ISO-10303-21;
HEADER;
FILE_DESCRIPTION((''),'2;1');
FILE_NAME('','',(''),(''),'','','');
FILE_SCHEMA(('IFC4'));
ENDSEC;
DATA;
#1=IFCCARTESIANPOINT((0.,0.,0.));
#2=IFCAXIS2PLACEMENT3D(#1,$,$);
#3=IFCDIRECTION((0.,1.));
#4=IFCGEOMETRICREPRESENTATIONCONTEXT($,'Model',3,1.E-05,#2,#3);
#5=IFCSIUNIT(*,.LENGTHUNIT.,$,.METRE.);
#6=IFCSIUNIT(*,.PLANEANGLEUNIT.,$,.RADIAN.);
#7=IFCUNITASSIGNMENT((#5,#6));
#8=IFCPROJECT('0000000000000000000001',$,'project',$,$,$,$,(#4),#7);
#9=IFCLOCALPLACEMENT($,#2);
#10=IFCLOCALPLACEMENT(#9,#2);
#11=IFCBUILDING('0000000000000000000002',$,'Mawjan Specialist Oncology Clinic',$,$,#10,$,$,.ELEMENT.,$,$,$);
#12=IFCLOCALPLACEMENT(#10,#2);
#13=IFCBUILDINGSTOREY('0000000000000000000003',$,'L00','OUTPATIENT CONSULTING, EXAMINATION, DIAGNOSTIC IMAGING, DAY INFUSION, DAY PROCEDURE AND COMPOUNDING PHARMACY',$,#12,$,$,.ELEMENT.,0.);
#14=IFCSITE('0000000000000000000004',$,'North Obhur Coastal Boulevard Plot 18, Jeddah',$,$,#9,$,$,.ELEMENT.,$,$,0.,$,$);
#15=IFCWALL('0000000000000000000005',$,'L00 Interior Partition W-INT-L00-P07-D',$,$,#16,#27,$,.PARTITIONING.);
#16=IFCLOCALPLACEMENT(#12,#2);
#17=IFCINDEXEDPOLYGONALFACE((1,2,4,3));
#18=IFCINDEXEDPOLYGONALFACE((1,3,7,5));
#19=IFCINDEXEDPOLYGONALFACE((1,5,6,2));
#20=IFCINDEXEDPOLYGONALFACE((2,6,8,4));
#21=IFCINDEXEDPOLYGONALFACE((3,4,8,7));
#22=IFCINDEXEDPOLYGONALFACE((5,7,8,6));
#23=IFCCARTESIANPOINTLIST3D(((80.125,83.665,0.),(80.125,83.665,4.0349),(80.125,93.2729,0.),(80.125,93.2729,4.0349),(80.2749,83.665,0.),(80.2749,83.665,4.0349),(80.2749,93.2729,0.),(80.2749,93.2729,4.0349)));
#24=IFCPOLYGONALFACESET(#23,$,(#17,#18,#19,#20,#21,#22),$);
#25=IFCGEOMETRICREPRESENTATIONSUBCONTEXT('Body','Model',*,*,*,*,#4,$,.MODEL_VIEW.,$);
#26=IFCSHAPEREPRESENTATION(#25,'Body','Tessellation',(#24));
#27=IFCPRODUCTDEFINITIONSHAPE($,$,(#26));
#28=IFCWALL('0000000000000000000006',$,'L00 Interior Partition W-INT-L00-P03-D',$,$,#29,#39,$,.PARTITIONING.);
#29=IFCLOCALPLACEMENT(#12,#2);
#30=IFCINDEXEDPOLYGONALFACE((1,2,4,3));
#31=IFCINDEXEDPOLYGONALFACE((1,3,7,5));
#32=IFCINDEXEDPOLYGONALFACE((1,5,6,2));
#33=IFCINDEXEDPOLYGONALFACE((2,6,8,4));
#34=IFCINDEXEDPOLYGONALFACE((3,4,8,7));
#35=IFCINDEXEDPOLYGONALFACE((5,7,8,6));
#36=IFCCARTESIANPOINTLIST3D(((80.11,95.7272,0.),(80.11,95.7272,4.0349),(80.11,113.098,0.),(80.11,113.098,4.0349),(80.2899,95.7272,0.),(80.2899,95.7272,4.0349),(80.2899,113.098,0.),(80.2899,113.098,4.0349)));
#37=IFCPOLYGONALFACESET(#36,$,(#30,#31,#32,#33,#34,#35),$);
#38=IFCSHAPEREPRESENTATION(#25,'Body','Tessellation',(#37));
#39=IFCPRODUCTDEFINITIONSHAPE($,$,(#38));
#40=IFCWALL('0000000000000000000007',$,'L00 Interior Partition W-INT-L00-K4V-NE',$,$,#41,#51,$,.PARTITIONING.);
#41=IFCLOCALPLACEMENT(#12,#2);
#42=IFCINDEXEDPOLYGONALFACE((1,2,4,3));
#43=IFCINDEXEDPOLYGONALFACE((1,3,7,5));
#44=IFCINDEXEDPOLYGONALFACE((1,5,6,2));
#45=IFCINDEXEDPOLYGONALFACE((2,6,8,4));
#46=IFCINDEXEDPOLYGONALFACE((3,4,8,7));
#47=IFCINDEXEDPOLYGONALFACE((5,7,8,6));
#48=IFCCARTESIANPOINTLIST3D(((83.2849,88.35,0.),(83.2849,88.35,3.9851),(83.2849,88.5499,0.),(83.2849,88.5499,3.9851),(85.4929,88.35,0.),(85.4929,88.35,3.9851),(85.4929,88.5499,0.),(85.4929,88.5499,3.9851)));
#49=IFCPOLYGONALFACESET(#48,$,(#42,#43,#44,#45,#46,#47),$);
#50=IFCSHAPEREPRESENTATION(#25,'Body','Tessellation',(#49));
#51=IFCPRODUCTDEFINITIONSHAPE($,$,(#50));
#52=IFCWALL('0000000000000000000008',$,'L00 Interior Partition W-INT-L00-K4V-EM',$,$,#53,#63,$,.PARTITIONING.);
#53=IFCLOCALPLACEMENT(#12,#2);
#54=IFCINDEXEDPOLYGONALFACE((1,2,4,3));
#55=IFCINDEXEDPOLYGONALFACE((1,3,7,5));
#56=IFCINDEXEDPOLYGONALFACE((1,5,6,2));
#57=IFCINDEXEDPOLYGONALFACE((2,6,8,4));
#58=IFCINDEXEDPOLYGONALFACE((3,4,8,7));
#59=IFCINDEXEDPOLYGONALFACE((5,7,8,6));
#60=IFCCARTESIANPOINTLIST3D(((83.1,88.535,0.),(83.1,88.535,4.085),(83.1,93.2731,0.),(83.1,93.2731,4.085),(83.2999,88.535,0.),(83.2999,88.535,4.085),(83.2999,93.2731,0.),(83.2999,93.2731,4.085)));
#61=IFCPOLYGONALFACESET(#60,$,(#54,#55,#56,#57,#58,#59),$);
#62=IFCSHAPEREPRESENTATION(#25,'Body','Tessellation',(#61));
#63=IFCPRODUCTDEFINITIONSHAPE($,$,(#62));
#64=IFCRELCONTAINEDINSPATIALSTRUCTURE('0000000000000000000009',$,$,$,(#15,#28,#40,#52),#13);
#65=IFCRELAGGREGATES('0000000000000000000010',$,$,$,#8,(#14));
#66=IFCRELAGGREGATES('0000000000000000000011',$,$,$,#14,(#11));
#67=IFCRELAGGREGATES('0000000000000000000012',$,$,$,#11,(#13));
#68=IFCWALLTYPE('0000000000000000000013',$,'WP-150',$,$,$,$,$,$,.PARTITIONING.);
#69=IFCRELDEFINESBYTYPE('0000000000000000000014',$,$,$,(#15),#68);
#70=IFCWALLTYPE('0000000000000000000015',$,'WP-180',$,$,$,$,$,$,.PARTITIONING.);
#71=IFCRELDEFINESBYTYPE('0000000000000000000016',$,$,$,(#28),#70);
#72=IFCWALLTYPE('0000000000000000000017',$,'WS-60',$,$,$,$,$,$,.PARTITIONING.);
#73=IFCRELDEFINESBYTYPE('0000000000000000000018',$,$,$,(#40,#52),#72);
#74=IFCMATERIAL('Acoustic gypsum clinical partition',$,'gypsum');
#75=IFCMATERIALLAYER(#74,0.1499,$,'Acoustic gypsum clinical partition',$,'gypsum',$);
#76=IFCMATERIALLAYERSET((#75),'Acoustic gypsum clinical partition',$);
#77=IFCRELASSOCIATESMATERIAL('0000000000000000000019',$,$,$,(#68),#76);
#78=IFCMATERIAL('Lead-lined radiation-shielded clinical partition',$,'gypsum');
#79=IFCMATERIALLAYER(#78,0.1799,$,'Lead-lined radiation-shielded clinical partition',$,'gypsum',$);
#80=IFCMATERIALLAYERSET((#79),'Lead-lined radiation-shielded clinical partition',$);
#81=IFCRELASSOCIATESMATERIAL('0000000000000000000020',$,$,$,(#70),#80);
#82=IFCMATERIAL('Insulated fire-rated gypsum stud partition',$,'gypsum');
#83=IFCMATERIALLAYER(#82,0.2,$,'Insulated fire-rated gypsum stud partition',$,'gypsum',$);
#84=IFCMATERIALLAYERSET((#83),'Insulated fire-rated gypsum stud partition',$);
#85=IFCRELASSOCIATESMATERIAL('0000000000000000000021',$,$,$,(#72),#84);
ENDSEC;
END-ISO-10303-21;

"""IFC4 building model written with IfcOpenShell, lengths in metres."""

from ifc_helpers import new_model, si_unit, direction, frame, frame_2d, origin, place, context, subcontext, project, spatial, rectangle, extrude, material, layer, layer_set, type_object, element, save


model = new_model("IFC4")

# Units and contexts
model_context = context("Model", 3, precision=1e-05, world=origin(), true_north=direction((0.0, 1.0)))
body_context = subcontext(model_context, "Body", "Model", "MODEL_VIEW")
ifc_project = project(units=[si_unit("LENGTHUNIT", "METRE"), si_unit("PLANEANGLEUNIT", "RADIAN")], contexts=[model_context])

# Site, building, storey
site_placement = place(None, origin())
site = spatial("IfcSite", under=ifc_project, at=site_placement, Name="North Obhur Coastal Boulevard Plot 18, Jeddah", CompositionType="ELEMENT", RefElevation=0.0)
building_placement = place(site_placement, origin())
building = spatial("IfcBuilding", under=site, at=building_placement, Name="Mawjan Specialist Oncology Clinic", CompositionType="ELEMENT")
storey_placement = place(building_placement, origin())
storey = spatial("IfcBuildingStorey", under=building, at=storey_placement, Name="L00", Description="OUTPATIENT CONSULTING, EXAMINATION, DIAGNOSTIC IMAGING, DAY INFUSION, DAY PROCEDURE AND COMPOUNDING PHARMACY", CompositionType="ELEMENT", Elevation=0.0)

# Walls
ifc_material_1 = material(Name="Acoustic gypsum clinical partition", Category="gypsum")
ifc_layer_1 = layer(ifc_material_1, 0.1499, Name="Acoustic gypsum clinical partition", Category="gypsum")
ifc_layer_set_1 = layer_set([ifc_layer_1], Name="Acoustic gypsum clinical partition")
wall_type_1 = type_object("IfcWallType", Name="WP-150", PredefinedType="PARTITIONING", material=ifc_layer_set_1)
wall_1_placement = place(storey_placement, frame((80.2, 83.665, 0.0), z_axis=(0.0, 0.0, 1.0), x_axis=(0.0, 1.0, 0.0)))
element("IfcWall", 1, at=wall_1_placement, inside=storey, type_object=wall_type_1, Name="L00 Interior Partition W-INT-L00-P07-D", PredefinedType="PARTITIONING", context=body_context, shape_type="SweptSolid", body=[
    extrude(rectangle(XDim=9.6079, YDim=0.1499, at=frame_2d((4.804, 0.0))), origin(), (0.0, 0.0, 1.0), 4.0349),
])
ifc_material_2 = material(Name="Lead-lined radiation-shielded clinical partition", Category="gypsum")
ifc_layer_2 = layer(ifc_material_2, 0.1799, Name="Lead-lined radiation-shielded clinical partition", Category="gypsum")
ifc_layer_set_2 = layer_set([ifc_layer_2], Name="Lead-lined radiation-shielded clinical partition")
wall_type_2 = type_object("IfcWallType", Name="WP-180", PredefinedType="PARTITIONING", material=ifc_layer_set_2)
wall_2_placement = place(storey_placement, frame((80.2, 95.7271, 0.0), z_axis=(0.0, 0.0, 1.0), x_axis=(0.0, 1.0, 0.0)))
element("IfcWall", 2, at=wall_2_placement, inside=storey, type_object=wall_type_2, Name="L00 Interior Partition W-INT-L00-P03-D", PredefinedType="PARTITIONING", context=body_context, shape_type="SweptSolid", body=[
    extrude(rectangle(XDim=17.3708, YDim=0.1799, at=frame_2d((8.6855, 0.0))), origin(), (0.0, 0.0, 1.0), 4.0349),
])

# Shared definitions
ifc_material_3 = material(Name="Insulated fire-rated gypsum stud partition", Category="gypsum")
ifc_layer_3 = layer(ifc_material_3, 0.2, Name="Insulated fire-rated gypsum stud partition", Category="gypsum")
ifc_layer_set_3 = layer_set([ifc_layer_3], Name="Insulated fire-rated gypsum stud partition")
wall_type_3 = type_object("IfcWallType", Name="WS-60", PredefinedType="PARTITIONING", material=ifc_layer_set_3)

# Walls
wall_3_placement = place(storey_placement, frame((83.2849, 88.45, 0.0), z_axis=(0.0, 0.0, 1.0), x_axis=(1.0, 0.0, 0.0)))
element("IfcWall", 3, at=wall_3_placement, inside=storey, type_object=wall_type_3, Name="L00 Interior Partition W-INT-L00-K4V-NE", PredefinedType="PARTITIONING", context=body_context, shape_type="SweptSolid", body=[
    extrude(rectangle(XDim=2.208, YDim=0.2, at=frame_2d((1.104, 0.0))), origin(), (0.0, 0.0, 1.0), 3.9851),
])
wall_4_placement = place(storey_placement, frame((83.2, 88.5349, 0.0), z_axis=(0.0, 0.0, 1.0), x_axis=(0.0, 1.0, 0.0)))
element("IfcWall", 4, at=wall_4_placement, inside=storey, type_object=wall_type_3, Name="L00 Interior Partition W-INT-L00-K4V-EM", PredefinedType="PARTITIONING", context=body_context, shape_type="SweptSolid", body=[
    extrude(rectangle(XDim=4.738, YDim=0.2, at=frame_2d((2.3691, 0.0))), origin(), (0.0, 0.0, 1.0), 4.085),
])

save(model, "model.ifc")
